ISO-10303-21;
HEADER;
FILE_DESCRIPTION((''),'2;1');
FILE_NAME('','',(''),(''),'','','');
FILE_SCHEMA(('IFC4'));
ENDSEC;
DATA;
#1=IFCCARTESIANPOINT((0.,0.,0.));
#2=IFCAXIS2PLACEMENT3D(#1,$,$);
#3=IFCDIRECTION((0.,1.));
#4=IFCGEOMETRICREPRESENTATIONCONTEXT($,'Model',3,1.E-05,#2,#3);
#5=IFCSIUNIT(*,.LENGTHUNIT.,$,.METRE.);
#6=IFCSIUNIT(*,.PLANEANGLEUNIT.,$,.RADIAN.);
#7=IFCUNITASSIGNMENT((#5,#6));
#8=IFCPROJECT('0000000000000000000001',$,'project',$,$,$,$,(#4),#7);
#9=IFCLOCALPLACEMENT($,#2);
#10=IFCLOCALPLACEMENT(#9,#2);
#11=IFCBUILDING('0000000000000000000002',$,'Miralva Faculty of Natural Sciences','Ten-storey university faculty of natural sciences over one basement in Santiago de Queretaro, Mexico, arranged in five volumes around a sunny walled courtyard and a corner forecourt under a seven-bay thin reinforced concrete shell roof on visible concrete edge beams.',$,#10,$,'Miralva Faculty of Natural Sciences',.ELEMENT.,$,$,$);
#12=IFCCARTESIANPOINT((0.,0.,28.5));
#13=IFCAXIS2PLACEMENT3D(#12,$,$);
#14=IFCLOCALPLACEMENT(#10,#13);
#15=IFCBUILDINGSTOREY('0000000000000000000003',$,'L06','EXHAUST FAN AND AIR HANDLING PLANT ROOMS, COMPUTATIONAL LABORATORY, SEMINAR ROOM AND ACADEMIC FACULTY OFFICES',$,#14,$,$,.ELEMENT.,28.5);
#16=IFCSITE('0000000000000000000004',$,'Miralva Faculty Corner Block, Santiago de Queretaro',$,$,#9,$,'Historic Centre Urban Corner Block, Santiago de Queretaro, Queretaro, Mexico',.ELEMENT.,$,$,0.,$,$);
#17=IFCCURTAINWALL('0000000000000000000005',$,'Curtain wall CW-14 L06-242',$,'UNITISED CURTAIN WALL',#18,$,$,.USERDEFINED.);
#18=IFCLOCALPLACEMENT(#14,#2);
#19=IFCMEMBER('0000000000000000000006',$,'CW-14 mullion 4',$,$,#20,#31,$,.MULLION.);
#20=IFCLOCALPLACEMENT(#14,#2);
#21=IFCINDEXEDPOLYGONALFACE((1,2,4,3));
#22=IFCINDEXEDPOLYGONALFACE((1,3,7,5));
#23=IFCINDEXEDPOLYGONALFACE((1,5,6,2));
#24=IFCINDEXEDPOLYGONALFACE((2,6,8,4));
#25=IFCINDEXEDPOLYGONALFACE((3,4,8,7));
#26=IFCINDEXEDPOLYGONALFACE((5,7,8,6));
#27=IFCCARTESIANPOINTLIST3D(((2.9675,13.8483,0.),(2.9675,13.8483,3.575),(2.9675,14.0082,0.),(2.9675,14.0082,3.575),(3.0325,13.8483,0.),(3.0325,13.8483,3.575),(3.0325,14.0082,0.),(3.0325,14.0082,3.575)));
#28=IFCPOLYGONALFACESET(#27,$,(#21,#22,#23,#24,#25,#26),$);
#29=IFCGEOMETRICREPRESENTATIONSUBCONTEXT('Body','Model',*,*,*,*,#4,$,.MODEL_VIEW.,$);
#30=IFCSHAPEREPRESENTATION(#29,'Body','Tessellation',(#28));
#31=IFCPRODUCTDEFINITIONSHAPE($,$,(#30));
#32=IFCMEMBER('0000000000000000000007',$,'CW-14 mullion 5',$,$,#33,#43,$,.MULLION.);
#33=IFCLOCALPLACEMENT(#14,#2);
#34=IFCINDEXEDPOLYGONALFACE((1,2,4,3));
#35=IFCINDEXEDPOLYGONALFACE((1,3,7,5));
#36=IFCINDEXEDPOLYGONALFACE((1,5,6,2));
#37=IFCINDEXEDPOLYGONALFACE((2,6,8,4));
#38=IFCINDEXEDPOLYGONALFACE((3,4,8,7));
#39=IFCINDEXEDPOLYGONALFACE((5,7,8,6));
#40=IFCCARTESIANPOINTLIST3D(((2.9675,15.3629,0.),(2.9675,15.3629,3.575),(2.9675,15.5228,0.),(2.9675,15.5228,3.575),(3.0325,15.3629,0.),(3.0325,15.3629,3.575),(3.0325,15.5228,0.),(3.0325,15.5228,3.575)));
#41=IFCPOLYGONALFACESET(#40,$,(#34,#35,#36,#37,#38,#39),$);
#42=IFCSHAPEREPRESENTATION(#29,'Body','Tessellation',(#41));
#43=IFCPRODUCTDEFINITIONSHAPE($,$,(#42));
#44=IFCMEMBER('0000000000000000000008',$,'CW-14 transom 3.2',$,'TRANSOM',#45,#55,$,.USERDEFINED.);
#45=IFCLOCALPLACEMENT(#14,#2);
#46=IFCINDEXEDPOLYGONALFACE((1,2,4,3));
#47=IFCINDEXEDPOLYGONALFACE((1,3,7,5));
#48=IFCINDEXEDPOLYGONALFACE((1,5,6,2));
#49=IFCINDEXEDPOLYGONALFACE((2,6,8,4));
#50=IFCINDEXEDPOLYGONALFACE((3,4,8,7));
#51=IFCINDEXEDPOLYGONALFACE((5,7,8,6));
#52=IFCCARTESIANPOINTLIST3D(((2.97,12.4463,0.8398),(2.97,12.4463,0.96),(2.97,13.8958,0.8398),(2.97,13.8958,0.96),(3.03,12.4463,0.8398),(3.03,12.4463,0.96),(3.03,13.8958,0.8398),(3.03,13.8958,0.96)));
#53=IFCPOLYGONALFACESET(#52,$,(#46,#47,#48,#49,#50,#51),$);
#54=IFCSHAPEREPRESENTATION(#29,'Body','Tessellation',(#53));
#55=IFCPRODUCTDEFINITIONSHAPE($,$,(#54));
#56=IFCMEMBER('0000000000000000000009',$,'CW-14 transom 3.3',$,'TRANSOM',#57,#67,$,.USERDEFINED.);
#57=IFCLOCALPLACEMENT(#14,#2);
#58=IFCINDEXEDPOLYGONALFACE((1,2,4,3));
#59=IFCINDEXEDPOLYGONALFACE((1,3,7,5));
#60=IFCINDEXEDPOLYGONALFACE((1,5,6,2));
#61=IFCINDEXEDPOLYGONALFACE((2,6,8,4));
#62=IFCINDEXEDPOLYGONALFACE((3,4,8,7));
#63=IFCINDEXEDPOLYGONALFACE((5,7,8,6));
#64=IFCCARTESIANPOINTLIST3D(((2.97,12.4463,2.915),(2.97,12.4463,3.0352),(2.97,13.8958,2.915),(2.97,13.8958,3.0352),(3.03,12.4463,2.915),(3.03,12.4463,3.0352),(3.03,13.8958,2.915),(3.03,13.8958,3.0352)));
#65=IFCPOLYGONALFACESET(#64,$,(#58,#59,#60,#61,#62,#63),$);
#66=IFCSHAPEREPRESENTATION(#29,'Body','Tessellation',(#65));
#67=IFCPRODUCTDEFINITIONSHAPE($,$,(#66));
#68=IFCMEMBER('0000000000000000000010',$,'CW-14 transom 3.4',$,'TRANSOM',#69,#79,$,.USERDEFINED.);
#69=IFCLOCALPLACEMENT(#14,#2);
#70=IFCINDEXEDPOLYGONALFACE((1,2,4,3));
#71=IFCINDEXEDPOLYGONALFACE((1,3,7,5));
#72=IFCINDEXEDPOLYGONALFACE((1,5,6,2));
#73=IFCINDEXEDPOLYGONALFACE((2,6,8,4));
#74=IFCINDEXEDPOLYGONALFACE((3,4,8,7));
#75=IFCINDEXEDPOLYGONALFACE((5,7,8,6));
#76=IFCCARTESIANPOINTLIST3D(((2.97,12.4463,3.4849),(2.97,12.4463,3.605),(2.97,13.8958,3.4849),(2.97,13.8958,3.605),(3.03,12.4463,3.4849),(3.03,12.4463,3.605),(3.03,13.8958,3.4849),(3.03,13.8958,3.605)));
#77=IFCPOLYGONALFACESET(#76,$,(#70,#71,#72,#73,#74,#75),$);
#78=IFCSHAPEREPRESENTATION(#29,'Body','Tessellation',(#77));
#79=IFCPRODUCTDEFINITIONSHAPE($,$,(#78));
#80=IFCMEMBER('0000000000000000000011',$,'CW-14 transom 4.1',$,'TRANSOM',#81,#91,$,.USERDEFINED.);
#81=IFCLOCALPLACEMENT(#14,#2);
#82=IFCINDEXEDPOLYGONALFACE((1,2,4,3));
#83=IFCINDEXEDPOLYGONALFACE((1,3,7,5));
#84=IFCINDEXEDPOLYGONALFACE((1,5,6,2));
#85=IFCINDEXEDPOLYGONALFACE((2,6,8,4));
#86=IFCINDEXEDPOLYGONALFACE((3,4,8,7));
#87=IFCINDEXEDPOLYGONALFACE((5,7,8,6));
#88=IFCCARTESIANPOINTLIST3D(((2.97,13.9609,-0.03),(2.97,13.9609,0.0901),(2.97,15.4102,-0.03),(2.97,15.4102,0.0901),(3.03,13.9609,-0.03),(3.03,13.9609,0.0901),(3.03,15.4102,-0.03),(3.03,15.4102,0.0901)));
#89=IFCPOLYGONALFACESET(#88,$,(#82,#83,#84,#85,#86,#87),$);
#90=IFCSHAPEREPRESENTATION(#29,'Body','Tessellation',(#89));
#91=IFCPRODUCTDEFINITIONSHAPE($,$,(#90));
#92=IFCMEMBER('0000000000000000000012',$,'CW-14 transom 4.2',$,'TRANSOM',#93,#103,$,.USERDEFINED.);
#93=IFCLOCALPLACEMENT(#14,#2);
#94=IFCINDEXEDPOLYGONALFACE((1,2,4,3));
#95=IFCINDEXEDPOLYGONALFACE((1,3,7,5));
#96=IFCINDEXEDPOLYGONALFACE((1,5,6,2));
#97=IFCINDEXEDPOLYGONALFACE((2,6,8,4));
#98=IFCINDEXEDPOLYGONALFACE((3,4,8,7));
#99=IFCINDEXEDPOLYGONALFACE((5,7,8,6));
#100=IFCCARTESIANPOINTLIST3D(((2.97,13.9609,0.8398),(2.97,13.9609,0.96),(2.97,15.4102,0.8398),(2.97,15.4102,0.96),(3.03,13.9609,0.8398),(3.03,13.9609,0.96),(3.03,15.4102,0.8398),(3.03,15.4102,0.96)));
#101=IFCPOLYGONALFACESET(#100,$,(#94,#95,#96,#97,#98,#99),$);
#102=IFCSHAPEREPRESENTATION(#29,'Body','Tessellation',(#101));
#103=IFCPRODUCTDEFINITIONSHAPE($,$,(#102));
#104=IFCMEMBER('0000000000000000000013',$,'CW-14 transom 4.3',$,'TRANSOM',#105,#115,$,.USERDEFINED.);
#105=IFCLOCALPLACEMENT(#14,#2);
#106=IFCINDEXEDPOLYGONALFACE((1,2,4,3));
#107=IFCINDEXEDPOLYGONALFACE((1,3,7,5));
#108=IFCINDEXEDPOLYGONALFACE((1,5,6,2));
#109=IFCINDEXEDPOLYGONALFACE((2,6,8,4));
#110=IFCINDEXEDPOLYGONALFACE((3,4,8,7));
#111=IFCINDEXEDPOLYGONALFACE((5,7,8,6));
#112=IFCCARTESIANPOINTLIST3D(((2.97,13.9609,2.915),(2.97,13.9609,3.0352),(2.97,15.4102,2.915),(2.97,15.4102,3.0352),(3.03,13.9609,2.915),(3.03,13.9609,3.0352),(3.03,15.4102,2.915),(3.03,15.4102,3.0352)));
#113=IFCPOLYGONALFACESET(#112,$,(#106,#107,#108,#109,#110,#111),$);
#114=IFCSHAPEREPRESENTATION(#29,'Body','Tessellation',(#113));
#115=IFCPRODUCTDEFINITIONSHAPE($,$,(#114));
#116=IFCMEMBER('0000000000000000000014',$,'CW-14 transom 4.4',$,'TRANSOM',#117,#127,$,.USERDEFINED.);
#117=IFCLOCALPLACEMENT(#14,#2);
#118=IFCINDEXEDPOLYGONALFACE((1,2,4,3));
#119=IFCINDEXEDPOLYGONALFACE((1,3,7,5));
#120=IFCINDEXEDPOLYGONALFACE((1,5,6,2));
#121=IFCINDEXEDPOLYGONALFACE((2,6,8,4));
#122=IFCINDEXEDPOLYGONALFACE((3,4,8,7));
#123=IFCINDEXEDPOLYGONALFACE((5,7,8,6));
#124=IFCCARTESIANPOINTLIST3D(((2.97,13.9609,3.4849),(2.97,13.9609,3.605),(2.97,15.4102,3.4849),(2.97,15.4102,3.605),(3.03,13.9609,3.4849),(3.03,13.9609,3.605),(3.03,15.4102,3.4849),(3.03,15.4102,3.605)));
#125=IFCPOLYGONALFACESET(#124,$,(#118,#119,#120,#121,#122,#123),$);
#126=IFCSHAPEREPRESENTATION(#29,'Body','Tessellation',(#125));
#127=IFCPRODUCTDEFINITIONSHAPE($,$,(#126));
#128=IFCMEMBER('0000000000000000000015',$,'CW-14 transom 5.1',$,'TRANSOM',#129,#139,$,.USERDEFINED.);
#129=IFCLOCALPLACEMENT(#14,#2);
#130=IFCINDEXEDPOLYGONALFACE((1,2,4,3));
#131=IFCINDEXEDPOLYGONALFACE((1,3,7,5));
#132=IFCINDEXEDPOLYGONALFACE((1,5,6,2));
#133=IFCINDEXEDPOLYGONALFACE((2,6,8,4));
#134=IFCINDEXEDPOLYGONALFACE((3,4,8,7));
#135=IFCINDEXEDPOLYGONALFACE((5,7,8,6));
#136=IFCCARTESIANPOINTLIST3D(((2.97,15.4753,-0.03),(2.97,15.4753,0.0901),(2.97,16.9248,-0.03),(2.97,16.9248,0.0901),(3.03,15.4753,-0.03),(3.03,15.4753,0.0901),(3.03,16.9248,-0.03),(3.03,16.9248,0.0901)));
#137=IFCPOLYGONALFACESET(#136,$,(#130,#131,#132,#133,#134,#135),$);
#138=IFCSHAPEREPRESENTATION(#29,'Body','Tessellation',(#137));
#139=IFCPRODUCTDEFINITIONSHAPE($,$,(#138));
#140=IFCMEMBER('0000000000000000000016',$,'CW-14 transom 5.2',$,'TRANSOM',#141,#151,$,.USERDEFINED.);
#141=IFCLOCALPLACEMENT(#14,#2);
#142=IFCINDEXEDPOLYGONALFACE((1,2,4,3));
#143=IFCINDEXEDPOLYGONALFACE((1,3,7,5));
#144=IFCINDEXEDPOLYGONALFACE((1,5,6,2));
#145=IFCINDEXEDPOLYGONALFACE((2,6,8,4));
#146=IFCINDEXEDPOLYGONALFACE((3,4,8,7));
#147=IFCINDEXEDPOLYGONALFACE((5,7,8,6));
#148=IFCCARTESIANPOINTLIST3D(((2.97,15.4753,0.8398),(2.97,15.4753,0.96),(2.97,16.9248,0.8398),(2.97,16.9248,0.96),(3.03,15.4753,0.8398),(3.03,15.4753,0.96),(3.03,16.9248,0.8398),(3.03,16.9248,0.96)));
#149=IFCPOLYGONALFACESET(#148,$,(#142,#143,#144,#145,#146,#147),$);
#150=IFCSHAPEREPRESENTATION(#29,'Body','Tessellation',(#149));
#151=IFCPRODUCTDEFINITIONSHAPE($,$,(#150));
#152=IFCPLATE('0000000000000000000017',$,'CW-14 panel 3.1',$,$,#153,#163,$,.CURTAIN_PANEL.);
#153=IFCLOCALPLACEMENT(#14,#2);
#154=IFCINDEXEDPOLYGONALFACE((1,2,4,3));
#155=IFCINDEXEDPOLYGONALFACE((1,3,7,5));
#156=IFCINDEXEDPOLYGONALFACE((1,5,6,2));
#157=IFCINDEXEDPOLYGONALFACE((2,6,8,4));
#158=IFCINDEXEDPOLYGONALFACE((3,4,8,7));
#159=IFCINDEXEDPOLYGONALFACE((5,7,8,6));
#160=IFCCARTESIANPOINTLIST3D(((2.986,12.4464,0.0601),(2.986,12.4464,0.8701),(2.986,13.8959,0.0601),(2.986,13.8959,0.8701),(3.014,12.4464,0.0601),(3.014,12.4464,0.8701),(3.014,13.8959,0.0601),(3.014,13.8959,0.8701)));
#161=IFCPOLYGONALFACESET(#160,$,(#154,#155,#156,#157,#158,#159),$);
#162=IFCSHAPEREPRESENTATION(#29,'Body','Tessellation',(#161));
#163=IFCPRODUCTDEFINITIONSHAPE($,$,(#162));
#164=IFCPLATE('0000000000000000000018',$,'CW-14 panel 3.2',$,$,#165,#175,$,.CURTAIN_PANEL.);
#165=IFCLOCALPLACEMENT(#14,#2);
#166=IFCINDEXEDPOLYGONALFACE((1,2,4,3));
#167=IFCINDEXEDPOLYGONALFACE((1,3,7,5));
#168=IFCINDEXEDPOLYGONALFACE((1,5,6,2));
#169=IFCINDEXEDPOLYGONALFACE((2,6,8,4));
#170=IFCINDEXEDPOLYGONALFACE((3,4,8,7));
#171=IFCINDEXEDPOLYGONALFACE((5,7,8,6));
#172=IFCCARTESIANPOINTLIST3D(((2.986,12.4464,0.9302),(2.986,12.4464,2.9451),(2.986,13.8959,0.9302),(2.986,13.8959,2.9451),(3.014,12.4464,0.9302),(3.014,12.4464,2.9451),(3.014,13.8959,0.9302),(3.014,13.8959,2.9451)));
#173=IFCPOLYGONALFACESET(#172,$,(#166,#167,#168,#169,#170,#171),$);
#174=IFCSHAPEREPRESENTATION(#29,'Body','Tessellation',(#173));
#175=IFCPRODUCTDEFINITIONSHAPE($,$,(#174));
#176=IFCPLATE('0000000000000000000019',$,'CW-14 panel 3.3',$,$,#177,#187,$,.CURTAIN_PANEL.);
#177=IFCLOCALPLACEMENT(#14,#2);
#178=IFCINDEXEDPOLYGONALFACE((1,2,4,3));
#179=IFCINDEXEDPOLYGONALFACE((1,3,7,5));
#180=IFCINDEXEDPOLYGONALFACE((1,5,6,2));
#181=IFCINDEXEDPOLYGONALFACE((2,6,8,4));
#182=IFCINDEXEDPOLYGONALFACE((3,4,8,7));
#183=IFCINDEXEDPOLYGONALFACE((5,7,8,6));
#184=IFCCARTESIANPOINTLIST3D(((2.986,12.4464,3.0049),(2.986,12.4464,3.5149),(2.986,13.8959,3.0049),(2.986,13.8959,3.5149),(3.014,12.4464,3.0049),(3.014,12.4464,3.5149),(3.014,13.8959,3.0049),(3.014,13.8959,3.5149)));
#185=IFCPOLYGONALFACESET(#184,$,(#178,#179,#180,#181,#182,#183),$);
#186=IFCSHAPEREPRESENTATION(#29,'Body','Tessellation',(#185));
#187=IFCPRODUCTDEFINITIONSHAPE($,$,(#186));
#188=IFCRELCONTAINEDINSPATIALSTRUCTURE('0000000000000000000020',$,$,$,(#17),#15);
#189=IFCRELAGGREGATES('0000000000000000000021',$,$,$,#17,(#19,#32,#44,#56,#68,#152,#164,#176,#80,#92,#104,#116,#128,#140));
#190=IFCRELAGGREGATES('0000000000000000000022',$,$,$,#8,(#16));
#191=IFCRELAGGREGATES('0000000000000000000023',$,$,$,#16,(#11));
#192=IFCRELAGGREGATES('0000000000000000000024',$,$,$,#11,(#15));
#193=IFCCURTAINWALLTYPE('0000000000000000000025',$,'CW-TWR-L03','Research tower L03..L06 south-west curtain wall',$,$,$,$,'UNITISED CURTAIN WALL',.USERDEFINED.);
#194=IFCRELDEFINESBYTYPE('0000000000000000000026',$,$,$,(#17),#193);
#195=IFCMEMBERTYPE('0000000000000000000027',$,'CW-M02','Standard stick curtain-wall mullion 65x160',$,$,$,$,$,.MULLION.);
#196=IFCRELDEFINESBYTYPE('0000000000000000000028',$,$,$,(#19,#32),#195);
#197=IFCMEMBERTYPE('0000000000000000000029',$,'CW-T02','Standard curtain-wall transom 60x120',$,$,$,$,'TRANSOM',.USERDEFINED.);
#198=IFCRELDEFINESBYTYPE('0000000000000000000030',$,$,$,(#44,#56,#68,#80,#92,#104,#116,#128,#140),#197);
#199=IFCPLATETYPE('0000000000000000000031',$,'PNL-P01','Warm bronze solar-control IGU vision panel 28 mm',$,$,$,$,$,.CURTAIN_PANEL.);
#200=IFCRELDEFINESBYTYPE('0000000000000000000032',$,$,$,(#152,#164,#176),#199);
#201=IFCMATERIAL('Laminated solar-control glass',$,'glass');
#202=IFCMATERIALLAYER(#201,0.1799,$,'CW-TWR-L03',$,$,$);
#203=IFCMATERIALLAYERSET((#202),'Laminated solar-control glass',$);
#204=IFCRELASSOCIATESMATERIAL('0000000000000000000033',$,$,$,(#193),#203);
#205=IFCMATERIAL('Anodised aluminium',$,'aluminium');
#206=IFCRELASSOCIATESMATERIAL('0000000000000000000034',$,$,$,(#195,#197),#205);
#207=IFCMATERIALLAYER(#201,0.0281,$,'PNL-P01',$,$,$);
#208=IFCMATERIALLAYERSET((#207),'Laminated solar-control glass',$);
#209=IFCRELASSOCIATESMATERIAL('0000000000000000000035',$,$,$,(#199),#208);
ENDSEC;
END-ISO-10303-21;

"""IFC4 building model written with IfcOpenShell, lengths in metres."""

from ifc_helpers import new_model, si_unit, direction, frame, origin, origin_2d, place, context, subcontext, project, spatial, rectangle, extrude, material, layer, layer_set, material_profile, profile_set, type_object, element, aggregate, save


model = new_model("IFC4")

# Units and contexts
model_context = context("Model", 3, precision=1e-05, world=origin(), true_north=direction((0.0, 1.0)))
body_context = subcontext(model_context, "Body", "Model", "MODEL_VIEW")
ifc_project = project(units=[si_unit("LENGTHUNIT", "METRE"), si_unit("PLANEANGLEUNIT", "RADIAN")], contexts=[model_context])

# Site, building, storey
site_placement = place(None, origin())
site = spatial("IfcSite", under=ifc_project, at=site_placement, Name="Miralva Faculty Corner Block, Santiago de Queretaro", LongName="Historic Centre Urban Corner Block, Santiago de Queretaro, Queretaro, Mexico", CompositionType="ELEMENT", RefElevation=0.0)
building_placement = place(site_placement, origin())
building = spatial("IfcBuilding", under=site, at=building_placement, Name="Miralva Faculty of Natural Sciences", Description="Ten-storey university faculty of natural sciences over one basement in Santiago de Queretaro, Mexico, arranged in five volumes around a sunny walled courtyard and a corner forecourt under a seven-bay thin reinforced concrete shell roof on visible concrete edge beams.", LongName="Miralva Faculty of Natural Sciences", CompositionType="ELEMENT")
storey_placement = place(building_placement, frame((0.0, 0.0, 28.5)))
storey = spatial("IfcBuildingStorey", under=building, at=storey_placement, Name="L06", Description="EXHAUST FAN AND AIR HANDLING PLANT ROOMS, COMPUTATIONAL LABORATORY, SEMINAR ROOM AND ACADEMIC FACULTY OFFICES", CompositionType="ELEMENT", Elevation=28.5)

# Curtain wall, members, plates
ifc_material_1 = material(Name="Laminated solar-control glass", Category="glass")
ifc_layer_1 = layer(ifc_material_1, 0.1799, Name="CW-TWR-L03")
ifc_layer_set_1 = layer_set([ifc_layer_1], Name="Laminated solar-control glass")
curtain_wall_type = type_object("IfcCurtainWallType", Name="CW-TWR-L03", Description="Research tower L03..L06 south-west curtain wall", ElementType="UNITISED CURTAIN WALL", PredefinedType="USERDEFINED", material=ifc_layer_set_1)
curtain_wall_placement = place(storey_placement, origin())
curtain_wall = element("IfcCurtainWall", 1, at=curtain_wall_placement, inside=storey, type_object=curtain_wall_type, Name="Curtain wall CW-14 L06-242", ObjectType="UNITISED CURTAIN WALL", PredefinedType="USERDEFINED")
ifc_material_2 = material(Name="Anodised aluminium", Category="aluminium")
ifc_material_profile_1 = material_profile(ifc_material_2, rectangle(XDim=0.0649, YDim=0.1599, at=origin_2d()), Name="MULLION 65x160")
ifc_profile_set_1 = profile_set([ifc_material_profile_1], Name="Anodised aluminium")
member_type_1 = type_object("IfcMemberType", Name="CW-M02", Description="Standard stick curtain-wall mullion 65x160", PredefinedType="MULLION", material=ifc_profile_set_1)
member_1_placement = place(storey_placement, frame((3.0, 13.9282, 0.0), z_axis=(0.0, 0.0, 1.0), x_axis=(-1.0, 0.0, 0.0)))
member_1 = element("IfcMember", 2, at=member_1_placement, type_object=member_type_1, Name="CW-14 mullion 4", PredefinedType="MULLION", context=body_context, shape_type="SweptSolid", body=[
    extrude(rectangle(XDim=0.0649, YDim=0.1599, at=origin_2d()), origin(), (0.0, 0.0, 1.0), 3.575),
])
member_2_placement = place(storey_placement, frame((3.0, 15.4429, 0.0), z_axis=(0.0, 0.0, 1.0), x_axis=(-1.0, 0.0, 0.0)))
member_2 = element("IfcMember", 3, at=member_2_placement, type_object=member_type_1, Name="CW-14 mullion 5", PredefinedType="MULLION", context=body_context, shape_type="SweptSolid", body=[
    extrude(rectangle(XDim=0.0649, YDim=0.1599, at=origin_2d()), origin(), (0.0, 0.0, 1.0), 3.575),
])
ifc_material_profile_2 = material_profile(ifc_material_2, rectangle(XDim=0.0601, YDim=0.1201, at=origin_2d()), Name="TRANSOM 60x120")
ifc_profile_set_2 = profile_set([ifc_material_profile_2], Name="Anodised aluminium")
member_type_2 = type_object("IfcMemberType", Name="CW-T02", Description="Standard curtain-wall transom 60x120", ElementType="TRANSOM", PredefinedType="USERDEFINED", material=ifc_profile_set_2)
member_3_placement = place(storey_placement, frame((3.0, 12.4463, 0.8999), z_axis=(0.0, 1.0, 0.0), x_axis=(-1.0, 0.0, 0.0)))
member_3 = element("IfcMember", 4, at=member_3_placement, type_object=member_type_2, Name="CW-14 transom 3.2", ObjectType="TRANSOM", PredefinedType="USERDEFINED", context=body_context, shape_type="SweptSolid", body=[
    extrude(rectangle(XDim=0.0601, YDim=0.1201, at=origin_2d()), origin(), (0.0, 0.0, 1.0), 1.4495),
])
member_4_placement = place(storey_placement, frame((3.0, 12.4463, 2.9751), z_axis=(0.0, 1.0, 0.0), x_axis=(-1.0, 0.0, 0.0)))
member_4 = element("IfcMember", 5, at=member_4_placement, type_object=member_type_2, Name="CW-14 transom 3.3", ObjectType="TRANSOM", PredefinedType="USERDEFINED", context=body_context, shape_type="SweptSolid", body=[
    extrude(rectangle(XDim=0.0601, YDim=0.1201, at=origin_2d()), origin(), (0.0, 0.0, 1.0), 1.4495),
])
member_5_placement = place(storey_placement, frame((3.0, 12.4463, 3.5449), z_axis=(0.0, 1.0, 0.0), x_axis=(-1.0, 0.0, 0.0)))
member_5 = element("IfcMember", 6, at=member_5_placement, type_object=member_type_2, Name="CW-14 transom 3.4", ObjectType="TRANSOM", PredefinedType="USERDEFINED", context=body_context, shape_type="SweptSolid", body=[
    extrude(rectangle(XDim=0.0601, YDim=0.1201, at=origin_2d()), origin(), (0.0, 0.0, 1.0), 1.4495),
])
member_6_placement = place(storey_placement, frame((3.0, 13.9609, 0.03), z_axis=(0.0, 1.0, 0.0), x_axis=(-1.0, 0.0, 0.0)))
member_6 = element("IfcMember", 7, at=member_6_placement, type_object=member_type_2, Name="CW-14 transom 4.1", ObjectType="TRANSOM", PredefinedType="USERDEFINED", context=body_context, shape_type="SweptSolid", body=[
    extrude(rectangle(XDim=0.0601, YDim=0.1201, at=origin_2d()), origin(), (0.0, 0.0, 1.0), 1.4492),
])
member_7_placement = place(storey_placement, frame((3.0, 13.9609, 0.8999), z_axis=(0.0, 1.0, 0.0), x_axis=(-1.0, 0.0, 0.0)))
member_7 = element("IfcMember", 8, at=member_7_placement, type_object=member_type_2, Name="CW-14 transom 4.2", ObjectType="TRANSOM", PredefinedType="USERDEFINED", context=body_context, shape_type="SweptSolid", body=[
    extrude(rectangle(XDim=0.0601, YDim=0.1201, at=origin_2d()), origin(), (0.0, 0.0, 1.0), 1.4492),
])
member_8_placement = place(storey_placement, frame((3.0, 13.9609, 2.9751), z_axis=(0.0, 1.0, 0.0), x_axis=(-1.0, 0.0, 0.0)))
member_8 = element("IfcMember", 9, at=member_8_placement, type_object=member_type_2, Name="CW-14 transom 4.3", ObjectType="TRANSOM", PredefinedType="USERDEFINED", context=body_context, shape_type="SweptSolid", body=[
    extrude(rectangle(XDim=0.0601, YDim=0.1201, at=origin_2d()), origin(), (0.0, 0.0, 1.0), 1.4492),
])
member_9_placement = place(storey_placement, frame((3.0, 13.9609, 3.5449), z_axis=(0.0, 1.0, 0.0), x_axis=(-1.0, 0.0, 0.0)))
member_9 = element("IfcMember", 10, at=member_9_placement, type_object=member_type_2, Name="CW-14 transom 4.4", ObjectType="TRANSOM", PredefinedType="USERDEFINED", context=body_context, shape_type="SweptSolid", body=[
    extrude(rectangle(XDim=0.0601, YDim=0.1201, at=origin_2d()), origin(), (0.0, 0.0, 1.0), 1.4492),
])
member_10_placement = place(storey_placement, frame((3.0, 15.4753, 0.03), z_axis=(0.0, 1.0, 0.0), x_axis=(-1.0, 0.0, 0.0)))
member_10 = element("IfcMember", 11, at=member_10_placement, type_object=member_type_2, Name="CW-14 transom 5.1", ObjectType="TRANSOM", PredefinedType="USERDEFINED", context=body_context, shape_type="SweptSolid", body=[
    extrude(rectangle(XDim=0.0601, YDim=0.1201, at=origin_2d()), origin(), (0.0, 0.0, 1.0), 1.4495),
])
member_11_placement = place(storey_placement, frame((3.0, 15.4753, 0.8999), z_axis=(0.0, 1.0, 0.0), x_axis=(-1.0, 0.0, 0.0)))
member_11 = element("IfcMember", 12, at=member_11_placement, type_object=member_type_2, Name="CW-14 transom 5.2", ObjectType="TRANSOM", PredefinedType="USERDEFINED", context=body_context, shape_type="SweptSolid", body=[
    extrude(rectangle(XDim=0.0601, YDim=0.1201, at=origin_2d()), origin(), (0.0, 0.0, 1.0), 1.4495),
])
ifc_layer_2 = layer(ifc_material_1, 0.0281, Name="PNL-P01")
ifc_layer_set_2 = layer_set([ifc_layer_2], Name="Laminated solar-control glass")
plate_type = type_object("IfcPlateType", Name="PNL-P01", Description="Warm bronze solar-control IGU vision panel 28 mm", PredefinedType="CURTAIN_PANEL", material=ifc_layer_set_2)
plate_1_placement = place(storey_placement, frame((3.0, 13.1711, 0.0601), z_axis=(0.0, 0.0, 1.0), x_axis=(0.0, 1.0, 0.0)))
plate_1 = element("IfcPlate", 13, at=plate_1_placement, type_object=plate_type, Name="CW-14 panel 3.1", PredefinedType="CURTAIN_PANEL", context=body_context, shape_type="SweptSolid", body=[
    extrude(rectangle(XDim=1.4495, YDim=0.0281, at=origin_2d()), origin(), (0.0, 0.0, 1.0), 0.8101),
])
plate_2_placement = place(storey_placement, frame((3.0, 13.1711, 0.9302), z_axis=(0.0, 0.0, 1.0), x_axis=(0.0, 1.0, 0.0)))
plate_2 = element("IfcPlate", 14, at=plate_2_placement, type_object=plate_type, Name="CW-14 panel 3.2", PredefinedType="CURTAIN_PANEL", context=body_context, shape_type="SweptSolid", body=[
    extrude(rectangle(XDim=1.4495, YDim=0.0281, at=origin_2d()), origin(), (0.0, 0.0, 1.0), 2.0149),
])
plate_3_placement = place(storey_placement, frame((3.0, 13.1711, 3.0049), z_axis=(0.0, 0.0, 1.0), x_axis=(0.0, 1.0, 0.0)))
plate_3 = element("IfcPlate", 15, at=plate_3_placement, type_object=plate_type, Name="CW-14 panel 3.3", PredefinedType="CURTAIN_PANEL", context=body_context, shape_type="SweptSolid", body=[
    extrude(rectangle(XDim=1.4495, YDim=0.0281, at=origin_2d()), origin(), (0.0, 0.0, 1.0), 0.51),
])
aggregate(curtain_wall, [member_1, member_2, member_3, member_4, member_5, plate_1, plate_2, plate_3, member_6, member_7, member_8, member_9, member_10, member_11])

save(model, "model.ifc")
